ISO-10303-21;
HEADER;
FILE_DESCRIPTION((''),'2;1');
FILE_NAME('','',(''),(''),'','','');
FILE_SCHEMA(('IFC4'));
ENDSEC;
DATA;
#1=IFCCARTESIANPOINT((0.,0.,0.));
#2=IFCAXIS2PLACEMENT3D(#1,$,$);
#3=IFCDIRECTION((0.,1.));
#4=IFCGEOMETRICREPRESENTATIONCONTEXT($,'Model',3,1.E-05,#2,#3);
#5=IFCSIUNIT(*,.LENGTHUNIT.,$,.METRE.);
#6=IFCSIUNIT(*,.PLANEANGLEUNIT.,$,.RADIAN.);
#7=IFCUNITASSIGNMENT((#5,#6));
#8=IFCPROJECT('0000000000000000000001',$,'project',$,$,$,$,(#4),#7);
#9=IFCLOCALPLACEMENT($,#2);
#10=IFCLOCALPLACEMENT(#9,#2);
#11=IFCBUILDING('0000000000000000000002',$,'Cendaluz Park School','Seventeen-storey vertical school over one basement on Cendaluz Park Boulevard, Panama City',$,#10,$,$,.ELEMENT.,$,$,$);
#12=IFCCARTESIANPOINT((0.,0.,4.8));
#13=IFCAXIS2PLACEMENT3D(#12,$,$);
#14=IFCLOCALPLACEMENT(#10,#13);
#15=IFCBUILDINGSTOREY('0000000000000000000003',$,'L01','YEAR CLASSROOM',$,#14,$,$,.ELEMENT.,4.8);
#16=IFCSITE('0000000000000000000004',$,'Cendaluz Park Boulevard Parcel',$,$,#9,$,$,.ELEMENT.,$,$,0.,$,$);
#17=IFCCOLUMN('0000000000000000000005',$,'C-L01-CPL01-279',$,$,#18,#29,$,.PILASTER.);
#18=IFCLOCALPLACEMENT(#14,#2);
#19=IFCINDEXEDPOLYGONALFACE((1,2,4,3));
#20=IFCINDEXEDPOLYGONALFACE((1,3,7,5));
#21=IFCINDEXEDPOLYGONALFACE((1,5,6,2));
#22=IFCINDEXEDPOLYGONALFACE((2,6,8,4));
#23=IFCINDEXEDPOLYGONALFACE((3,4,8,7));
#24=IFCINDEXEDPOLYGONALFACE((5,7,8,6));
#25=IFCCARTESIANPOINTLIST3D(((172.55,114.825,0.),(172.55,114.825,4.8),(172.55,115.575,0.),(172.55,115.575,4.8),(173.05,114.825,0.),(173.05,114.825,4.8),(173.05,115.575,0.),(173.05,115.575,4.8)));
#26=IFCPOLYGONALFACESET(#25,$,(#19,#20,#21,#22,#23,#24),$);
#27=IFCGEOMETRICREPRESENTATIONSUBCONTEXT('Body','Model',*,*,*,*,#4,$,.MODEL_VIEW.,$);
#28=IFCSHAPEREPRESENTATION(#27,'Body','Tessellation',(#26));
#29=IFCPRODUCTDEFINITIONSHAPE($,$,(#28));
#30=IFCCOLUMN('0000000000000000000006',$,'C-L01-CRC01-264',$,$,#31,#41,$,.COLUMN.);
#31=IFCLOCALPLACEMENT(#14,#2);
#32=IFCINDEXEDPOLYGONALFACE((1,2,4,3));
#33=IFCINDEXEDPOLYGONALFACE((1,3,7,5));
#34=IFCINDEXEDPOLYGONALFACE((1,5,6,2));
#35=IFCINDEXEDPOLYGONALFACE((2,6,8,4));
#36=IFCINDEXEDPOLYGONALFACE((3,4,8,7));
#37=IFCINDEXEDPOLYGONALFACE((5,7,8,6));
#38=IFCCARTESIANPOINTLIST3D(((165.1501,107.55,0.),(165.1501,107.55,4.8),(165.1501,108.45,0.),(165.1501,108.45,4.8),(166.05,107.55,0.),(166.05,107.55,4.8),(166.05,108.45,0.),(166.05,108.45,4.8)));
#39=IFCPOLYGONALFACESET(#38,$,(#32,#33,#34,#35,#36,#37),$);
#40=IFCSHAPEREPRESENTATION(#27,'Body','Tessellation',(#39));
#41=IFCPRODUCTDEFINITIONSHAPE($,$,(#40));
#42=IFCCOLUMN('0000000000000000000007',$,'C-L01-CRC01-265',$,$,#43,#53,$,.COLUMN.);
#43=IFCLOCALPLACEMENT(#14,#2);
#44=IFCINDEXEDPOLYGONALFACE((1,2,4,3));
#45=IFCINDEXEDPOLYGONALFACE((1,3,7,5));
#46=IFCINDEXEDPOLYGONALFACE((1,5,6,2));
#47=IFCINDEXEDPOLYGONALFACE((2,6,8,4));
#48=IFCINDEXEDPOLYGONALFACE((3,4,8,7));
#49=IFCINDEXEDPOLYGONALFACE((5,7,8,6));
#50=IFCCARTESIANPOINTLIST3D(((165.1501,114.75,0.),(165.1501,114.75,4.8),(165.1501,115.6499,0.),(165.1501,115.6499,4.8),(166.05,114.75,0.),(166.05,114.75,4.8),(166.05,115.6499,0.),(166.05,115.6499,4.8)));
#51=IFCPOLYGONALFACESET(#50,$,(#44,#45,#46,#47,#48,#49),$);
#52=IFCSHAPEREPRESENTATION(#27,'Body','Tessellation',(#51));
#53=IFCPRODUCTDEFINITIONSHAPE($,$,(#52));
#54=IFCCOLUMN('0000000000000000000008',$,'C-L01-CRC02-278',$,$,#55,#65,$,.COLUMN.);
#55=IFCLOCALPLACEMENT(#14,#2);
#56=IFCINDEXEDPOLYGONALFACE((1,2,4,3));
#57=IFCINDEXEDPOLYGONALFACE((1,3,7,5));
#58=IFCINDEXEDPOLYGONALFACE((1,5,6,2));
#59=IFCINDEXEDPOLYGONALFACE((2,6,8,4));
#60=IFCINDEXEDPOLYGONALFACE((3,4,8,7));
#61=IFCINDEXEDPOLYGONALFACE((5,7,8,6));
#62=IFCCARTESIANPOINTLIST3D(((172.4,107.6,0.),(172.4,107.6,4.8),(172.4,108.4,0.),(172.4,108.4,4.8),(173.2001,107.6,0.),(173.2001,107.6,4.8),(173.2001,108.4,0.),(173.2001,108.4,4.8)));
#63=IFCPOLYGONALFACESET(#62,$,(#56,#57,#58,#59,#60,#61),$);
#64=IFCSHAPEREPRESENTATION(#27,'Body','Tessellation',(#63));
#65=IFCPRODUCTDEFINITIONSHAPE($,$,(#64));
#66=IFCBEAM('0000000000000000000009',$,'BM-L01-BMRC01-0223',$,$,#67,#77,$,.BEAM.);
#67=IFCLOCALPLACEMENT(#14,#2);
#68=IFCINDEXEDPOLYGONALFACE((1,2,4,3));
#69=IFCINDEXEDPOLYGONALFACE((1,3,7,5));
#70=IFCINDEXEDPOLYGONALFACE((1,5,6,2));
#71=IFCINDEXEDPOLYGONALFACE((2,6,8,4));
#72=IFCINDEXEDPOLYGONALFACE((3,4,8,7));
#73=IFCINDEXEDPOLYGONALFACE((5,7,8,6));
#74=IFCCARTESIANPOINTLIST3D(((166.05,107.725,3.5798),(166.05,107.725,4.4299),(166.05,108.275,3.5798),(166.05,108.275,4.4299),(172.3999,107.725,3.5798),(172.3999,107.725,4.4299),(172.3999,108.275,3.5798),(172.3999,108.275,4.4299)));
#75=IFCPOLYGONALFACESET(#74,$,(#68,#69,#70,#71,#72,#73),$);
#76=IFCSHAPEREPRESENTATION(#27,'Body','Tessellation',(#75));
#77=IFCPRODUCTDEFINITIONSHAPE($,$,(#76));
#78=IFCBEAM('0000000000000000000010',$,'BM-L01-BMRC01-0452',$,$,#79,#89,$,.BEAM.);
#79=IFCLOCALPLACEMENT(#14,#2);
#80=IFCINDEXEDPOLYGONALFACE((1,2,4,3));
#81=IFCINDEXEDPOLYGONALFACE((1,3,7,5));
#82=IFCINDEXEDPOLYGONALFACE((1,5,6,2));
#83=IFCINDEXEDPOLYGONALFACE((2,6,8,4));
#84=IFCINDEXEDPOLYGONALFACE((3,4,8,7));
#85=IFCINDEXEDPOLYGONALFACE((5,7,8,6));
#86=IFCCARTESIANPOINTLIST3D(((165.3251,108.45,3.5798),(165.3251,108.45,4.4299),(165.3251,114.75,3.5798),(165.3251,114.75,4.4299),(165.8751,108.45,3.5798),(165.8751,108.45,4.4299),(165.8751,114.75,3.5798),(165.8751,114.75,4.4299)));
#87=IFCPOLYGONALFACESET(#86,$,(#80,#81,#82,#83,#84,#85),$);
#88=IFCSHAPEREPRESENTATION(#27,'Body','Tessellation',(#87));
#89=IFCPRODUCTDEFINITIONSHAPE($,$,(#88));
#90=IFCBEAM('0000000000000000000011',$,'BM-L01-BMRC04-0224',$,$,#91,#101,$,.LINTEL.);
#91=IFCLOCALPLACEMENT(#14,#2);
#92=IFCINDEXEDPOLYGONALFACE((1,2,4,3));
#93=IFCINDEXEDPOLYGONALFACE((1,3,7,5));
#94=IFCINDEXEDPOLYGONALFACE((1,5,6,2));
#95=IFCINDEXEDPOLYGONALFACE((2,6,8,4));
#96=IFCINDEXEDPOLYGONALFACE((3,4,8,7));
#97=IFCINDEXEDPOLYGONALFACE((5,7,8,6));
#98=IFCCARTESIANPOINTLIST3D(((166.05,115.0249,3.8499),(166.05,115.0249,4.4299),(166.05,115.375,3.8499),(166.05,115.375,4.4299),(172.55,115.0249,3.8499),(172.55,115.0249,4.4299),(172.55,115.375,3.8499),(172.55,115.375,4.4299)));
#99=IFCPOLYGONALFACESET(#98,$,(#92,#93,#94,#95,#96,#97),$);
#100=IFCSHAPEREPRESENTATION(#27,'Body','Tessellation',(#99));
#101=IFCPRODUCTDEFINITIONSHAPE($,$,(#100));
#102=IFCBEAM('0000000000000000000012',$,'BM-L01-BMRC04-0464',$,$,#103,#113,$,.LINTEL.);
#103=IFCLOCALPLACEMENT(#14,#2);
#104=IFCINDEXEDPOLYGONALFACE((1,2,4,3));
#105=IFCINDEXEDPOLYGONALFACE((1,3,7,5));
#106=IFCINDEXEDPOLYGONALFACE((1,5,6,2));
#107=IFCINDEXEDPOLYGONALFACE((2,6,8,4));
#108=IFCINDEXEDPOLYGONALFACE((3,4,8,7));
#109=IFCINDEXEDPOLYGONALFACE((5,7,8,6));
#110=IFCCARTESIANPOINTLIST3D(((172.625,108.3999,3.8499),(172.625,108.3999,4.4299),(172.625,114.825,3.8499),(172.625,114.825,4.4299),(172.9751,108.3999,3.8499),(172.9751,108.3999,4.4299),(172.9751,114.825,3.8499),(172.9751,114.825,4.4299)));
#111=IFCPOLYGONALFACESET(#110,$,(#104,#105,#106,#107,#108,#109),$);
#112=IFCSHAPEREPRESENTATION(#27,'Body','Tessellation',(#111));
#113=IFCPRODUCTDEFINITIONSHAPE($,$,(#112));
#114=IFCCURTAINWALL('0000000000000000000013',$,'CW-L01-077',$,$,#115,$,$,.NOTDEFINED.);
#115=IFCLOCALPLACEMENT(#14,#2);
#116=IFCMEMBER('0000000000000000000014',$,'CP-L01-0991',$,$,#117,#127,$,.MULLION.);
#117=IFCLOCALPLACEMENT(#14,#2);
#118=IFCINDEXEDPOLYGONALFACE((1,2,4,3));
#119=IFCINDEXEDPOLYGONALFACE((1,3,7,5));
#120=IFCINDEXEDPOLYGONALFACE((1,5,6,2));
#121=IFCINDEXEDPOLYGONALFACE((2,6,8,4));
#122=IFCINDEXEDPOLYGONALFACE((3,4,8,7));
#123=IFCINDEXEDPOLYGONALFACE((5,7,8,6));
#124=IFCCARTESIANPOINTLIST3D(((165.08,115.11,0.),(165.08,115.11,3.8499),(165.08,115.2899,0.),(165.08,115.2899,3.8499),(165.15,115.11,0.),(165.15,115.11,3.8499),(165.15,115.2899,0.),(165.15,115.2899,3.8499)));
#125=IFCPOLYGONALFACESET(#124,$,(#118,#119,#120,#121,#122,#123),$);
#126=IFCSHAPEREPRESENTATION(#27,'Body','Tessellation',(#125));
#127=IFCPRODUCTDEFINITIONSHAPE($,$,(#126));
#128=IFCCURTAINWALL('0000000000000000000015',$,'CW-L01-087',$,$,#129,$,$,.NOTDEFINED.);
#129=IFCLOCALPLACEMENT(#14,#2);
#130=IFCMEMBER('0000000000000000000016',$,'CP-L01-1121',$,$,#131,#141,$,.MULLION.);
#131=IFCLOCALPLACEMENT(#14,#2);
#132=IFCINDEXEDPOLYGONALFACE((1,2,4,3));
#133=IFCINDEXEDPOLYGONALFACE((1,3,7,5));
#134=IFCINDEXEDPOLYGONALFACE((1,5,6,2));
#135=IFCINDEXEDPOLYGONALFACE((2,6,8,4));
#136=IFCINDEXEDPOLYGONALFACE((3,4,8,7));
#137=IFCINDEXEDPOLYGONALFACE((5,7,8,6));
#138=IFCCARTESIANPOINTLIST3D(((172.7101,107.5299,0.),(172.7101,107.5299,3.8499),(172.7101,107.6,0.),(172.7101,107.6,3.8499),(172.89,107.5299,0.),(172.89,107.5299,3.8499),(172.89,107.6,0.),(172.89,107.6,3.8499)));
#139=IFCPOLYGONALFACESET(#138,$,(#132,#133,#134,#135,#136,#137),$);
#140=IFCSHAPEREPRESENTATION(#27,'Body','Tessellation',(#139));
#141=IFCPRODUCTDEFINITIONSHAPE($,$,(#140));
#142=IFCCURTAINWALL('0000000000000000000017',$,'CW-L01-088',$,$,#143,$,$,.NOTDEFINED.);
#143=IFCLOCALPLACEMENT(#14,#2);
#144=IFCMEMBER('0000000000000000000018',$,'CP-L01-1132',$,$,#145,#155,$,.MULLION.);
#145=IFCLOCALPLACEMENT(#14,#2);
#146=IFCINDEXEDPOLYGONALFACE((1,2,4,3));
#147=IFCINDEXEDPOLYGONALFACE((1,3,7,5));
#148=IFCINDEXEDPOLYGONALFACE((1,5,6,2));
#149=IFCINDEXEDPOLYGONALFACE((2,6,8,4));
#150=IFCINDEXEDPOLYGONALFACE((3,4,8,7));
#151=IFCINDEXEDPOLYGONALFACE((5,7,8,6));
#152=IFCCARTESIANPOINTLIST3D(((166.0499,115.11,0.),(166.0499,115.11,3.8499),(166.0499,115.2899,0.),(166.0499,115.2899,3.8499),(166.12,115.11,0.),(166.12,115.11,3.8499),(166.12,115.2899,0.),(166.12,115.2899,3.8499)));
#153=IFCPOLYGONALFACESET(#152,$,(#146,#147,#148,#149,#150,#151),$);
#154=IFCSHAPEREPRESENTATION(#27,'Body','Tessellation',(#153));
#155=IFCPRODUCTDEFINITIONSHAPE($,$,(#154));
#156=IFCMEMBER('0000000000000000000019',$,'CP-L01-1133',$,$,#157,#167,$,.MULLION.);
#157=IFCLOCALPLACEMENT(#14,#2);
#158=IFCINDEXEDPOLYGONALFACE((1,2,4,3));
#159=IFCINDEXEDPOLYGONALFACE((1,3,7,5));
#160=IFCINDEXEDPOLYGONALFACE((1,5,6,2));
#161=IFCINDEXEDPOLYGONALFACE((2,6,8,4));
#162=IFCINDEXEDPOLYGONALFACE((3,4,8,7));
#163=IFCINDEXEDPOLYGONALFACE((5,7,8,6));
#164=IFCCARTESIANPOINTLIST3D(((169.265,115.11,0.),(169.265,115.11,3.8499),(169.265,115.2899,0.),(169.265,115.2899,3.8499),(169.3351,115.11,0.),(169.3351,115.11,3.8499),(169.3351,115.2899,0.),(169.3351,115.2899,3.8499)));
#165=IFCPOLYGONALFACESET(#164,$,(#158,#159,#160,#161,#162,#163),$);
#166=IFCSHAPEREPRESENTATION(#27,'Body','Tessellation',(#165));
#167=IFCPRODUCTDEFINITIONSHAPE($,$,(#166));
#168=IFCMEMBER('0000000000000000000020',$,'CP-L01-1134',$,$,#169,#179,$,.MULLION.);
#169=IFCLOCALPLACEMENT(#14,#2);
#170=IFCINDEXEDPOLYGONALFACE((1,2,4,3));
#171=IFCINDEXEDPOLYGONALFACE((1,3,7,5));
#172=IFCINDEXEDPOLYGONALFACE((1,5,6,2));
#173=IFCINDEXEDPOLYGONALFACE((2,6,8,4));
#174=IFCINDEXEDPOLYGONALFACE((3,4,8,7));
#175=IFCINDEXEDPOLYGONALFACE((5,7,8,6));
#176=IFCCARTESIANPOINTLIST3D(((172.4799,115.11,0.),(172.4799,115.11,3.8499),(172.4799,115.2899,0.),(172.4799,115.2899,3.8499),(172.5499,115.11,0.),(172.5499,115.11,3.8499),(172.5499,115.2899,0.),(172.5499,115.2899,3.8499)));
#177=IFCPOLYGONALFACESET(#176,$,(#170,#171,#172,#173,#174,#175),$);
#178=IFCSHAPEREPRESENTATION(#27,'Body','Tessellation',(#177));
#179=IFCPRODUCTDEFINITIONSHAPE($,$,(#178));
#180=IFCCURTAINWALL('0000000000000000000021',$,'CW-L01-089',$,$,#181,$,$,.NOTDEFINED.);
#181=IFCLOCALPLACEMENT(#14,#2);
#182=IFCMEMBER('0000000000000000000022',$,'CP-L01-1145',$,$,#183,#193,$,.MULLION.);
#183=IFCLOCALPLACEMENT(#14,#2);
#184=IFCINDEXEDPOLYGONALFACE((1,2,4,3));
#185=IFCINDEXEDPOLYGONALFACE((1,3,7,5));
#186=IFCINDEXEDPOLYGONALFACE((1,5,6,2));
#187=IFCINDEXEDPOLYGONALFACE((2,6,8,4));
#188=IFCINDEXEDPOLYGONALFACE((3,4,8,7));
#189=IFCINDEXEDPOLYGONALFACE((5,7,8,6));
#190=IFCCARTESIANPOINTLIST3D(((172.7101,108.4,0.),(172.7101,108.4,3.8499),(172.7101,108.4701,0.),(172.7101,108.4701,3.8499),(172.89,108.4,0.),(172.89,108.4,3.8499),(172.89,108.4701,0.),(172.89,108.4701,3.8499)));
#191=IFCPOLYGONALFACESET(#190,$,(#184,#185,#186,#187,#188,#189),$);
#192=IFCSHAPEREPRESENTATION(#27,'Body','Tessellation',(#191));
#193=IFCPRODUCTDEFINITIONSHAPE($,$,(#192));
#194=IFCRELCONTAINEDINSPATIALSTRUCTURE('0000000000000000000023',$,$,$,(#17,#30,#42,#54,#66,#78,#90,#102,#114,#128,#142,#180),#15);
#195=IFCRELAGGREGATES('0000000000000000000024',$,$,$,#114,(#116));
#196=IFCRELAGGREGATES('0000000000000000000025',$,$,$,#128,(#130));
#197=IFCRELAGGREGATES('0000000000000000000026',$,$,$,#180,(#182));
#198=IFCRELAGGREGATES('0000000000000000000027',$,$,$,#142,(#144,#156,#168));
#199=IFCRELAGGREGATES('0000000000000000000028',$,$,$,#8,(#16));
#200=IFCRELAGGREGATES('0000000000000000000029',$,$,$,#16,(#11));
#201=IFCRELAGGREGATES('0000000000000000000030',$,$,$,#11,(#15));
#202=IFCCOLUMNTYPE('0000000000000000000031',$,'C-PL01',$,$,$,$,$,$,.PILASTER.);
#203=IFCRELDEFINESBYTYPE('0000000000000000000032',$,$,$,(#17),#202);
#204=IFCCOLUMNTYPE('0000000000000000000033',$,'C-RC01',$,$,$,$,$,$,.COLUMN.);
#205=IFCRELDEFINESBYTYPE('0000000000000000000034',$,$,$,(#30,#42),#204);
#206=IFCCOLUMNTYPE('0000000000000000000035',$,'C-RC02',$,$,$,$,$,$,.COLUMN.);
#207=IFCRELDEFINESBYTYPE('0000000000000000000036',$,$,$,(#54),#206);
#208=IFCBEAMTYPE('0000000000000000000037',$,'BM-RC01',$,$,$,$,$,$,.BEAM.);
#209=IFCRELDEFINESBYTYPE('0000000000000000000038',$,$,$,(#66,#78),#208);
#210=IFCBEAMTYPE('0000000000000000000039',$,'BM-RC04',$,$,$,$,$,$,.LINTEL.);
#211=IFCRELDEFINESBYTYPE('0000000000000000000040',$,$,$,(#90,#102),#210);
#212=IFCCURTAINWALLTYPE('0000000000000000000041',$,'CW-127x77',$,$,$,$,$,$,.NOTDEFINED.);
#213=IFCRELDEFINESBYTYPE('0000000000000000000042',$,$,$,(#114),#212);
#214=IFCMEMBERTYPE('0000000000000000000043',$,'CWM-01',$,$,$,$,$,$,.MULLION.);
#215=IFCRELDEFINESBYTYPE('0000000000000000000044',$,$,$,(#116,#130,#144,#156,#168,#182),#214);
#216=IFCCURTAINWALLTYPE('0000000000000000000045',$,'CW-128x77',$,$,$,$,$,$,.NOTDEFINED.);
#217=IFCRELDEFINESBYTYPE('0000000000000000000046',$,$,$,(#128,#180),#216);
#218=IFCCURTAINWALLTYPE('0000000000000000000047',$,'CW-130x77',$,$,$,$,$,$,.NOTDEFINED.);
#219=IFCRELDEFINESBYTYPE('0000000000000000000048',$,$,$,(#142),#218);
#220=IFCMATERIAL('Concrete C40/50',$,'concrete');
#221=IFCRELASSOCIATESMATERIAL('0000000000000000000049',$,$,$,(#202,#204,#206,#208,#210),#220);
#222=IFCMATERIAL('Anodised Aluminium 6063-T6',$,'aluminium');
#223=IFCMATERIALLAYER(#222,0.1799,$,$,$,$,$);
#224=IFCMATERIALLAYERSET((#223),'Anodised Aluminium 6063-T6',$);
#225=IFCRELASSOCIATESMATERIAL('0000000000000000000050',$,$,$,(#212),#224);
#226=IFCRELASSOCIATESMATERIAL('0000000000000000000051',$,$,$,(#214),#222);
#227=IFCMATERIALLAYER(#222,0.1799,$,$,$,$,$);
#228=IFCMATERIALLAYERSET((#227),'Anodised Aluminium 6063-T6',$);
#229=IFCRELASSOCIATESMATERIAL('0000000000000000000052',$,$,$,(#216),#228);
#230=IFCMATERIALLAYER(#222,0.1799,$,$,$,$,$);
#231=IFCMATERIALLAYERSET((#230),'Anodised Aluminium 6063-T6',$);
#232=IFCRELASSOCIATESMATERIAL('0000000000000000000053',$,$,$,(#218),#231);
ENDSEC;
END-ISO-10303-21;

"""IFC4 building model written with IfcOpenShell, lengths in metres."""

from ifc_helpers import new_model, si_unit, direction, frame, origin, origin_2d, place, context, subcontext, project, spatial, rectangle, extrude, material, layer, layer_set, material_profile, profile_set, type_object, element, aggregate, save


model = new_model("IFC4")

# Units and contexts
model_context = context("Model", 3, precision=1e-05, world=origin(), true_north=direction((0.0, 1.0)))
body_context = subcontext(model_context, "Body", "Model", "MODEL_VIEW")
ifc_project = project(units=[si_unit("LENGTHUNIT", "METRE"), si_unit("PLANEANGLEUNIT", "RADIAN")], contexts=[model_context])

# Site, building, storey
site_placement = place(None, origin())
site = spatial("IfcSite", under=ifc_project, at=site_placement, Name="Cendaluz Park Boulevard Parcel", CompositionType="ELEMENT", RefElevation=0.0)
building_placement = place(site_placement, origin())
building = spatial("IfcBuilding", under=site, at=building_placement, Name="Cendaluz Park School", Description="Seventeen-storey vertical school over one basement on Cendaluz Park Boulevard, Panama City", CompositionType="ELEMENT")
storey_placement = place(building_placement, frame((0.0, 0.0, 4.8)))
storey = spatial("IfcBuildingStorey", under=building, at=storey_placement, Name="L01", Description="YEAR CLASSROOM", CompositionType="ELEMENT", Elevation=4.8)

# Columns
ifc_material_1 = material(Name="Concrete C40/50", Category="concrete")
ifc_material_profile_1 = material_profile(ifc_material_1, rectangle(XDim=0.5, YDim=0.75, at=origin_2d()), Name="RC 500x750", Category="concrete")
ifc_profile_set_1 = profile_set([ifc_material_profile_1], Name="Concrete C40/50")
column_type_1 = type_object("IfcColumnType", Name="C-PL01", PredefinedType="PILASTER", material=ifc_profile_set_1)
column_1_placement = place(storey_placement, frame((172.8, 115.2, 0.0), z_axis=(0.0, 0.0, 1.0), x_axis=(1.0, 0.0, 0.0)))
element("IfcColumn", 1, at=column_1_placement, inside=storey, type_object=column_type_1, Name="C-L01-CPL01-279", PredefinedType="PILASTER", context=body_context, shape_type="SweptSolid", body=[
    extrude(rectangle(XDim=0.5, YDim=0.75, at=origin_2d()), origin(), (0.0, 0.0, 1.0), 4.8),
])
ifc_material_profile_2 = material_profile(ifc_material_1, rectangle(XDim=0.8999, YDim=0.8999, at=origin_2d()), Name="RC 900x900", Category="concrete")
ifc_profile_set_2 = profile_set([ifc_material_profile_2], Name="Concrete C40/50")
column_type_2 = type_object("IfcColumnType", Name="C-RC01", PredefinedType="COLUMN", material=ifc_profile_set_2)
for number, where, z_axis, x_axis, name in (
    (2, (165.6001, 108.0, 0.0), (0.0, 0.0, 1.0), (1.0, 0.0, 0.0), "C-L01-CRC01-264"),
    (3, (165.6001, 115.2, 0.0), (0.0, 0.0, 1.0), (1.0, 0.0, 0.0), "C-L01-CRC01-265"),
):
    element("IfcColumn", number, at=place(storey_placement, frame(where, z_axis=z_axis, x_axis=x_axis)), inside=storey, type_object=column_type_2, Name=name, PredefinedType="COLUMN", context=body_context, shape_type="SweptSolid", body=[
        extrude(rectangle(XDim=0.8999, YDim=0.8999, at=origin_2d()), origin(), (0.0, 0.0, 1.0), 4.8),
    ])
ifc_material_profile_3 = material_profile(ifc_material_1, rectangle(XDim=0.8, YDim=0.8, at=origin_2d()), Name="RC 800x800", Category="concrete")
ifc_profile_set_3 = profile_set([ifc_material_profile_3], Name="Concrete C40/50")
column_type_3 = type_object("IfcColumnType", Name="C-RC02", PredefinedType="COLUMN", material=ifc_profile_set_3)
column_2_placement = place(storey_placement, frame((172.8, 108.0, 0.0), z_axis=(0.0, 0.0, 1.0), x_axis=(1.0, 0.0, 0.0)))
element("IfcColumn", 4, at=column_2_placement, inside=storey, type_object=column_type_3, Name="C-L01-CRC02-278", PredefinedType="COLUMN", context=body_context, shape_type="SweptSolid", body=[
    extrude(rectangle(XDim=0.8, YDim=0.8, at=origin_2d()), origin(), (0.0, 0.0, 1.0), 4.8),
])

# Beams
ifc_material_profile_4 = material_profile(ifc_material_1, rectangle(XDim=0.55, YDim=0.8501, at=origin_2d()), Name="RC 550x850", Category="concrete")
ifc_profile_set_4 = profile_set([ifc_material_profile_4], Name="Concrete C40/50")
beam_type_1 = type_object("IfcBeamType", Name="BM-RC01", PredefinedType="BEAM", material=ifc_profile_set_4)
beam_1_placement = place(storey_placement, frame((166.05, 108.0, 4.0049), z_axis=(1.0, 0.0, 0.0), x_axis=(0.0, 1.0, 0.0)))
element("IfcBeam", 5, at=beam_1_placement, inside=storey, type_object=beam_type_1, Name="BM-L01-BMRC01-0223", PredefinedType="BEAM", context=body_context, shape_type="SweptSolid", body=[
    extrude(rectangle(XDim=0.55, YDim=0.8501, at=origin_2d()), origin(), (0.0, 0.0, 1.0), 6.3499),
])
beam_2_placement = place(storey_placement, frame((165.6001, 108.45, 4.0049), z_axis=(0.0, 1.0, 0.0), x_axis=(-1.0, 0.0, 0.0)))
element("IfcBeam", 6, at=beam_2_placement, inside=storey, type_object=beam_type_1, Name="BM-L01-BMRC01-0452", PredefinedType="BEAM", context=body_context, shape_type="SweptSolid", body=[
    extrude(rectangle(XDim=0.55, YDim=0.8501, at=origin_2d()), origin(), (0.0, 0.0, 1.0), 6.3),
])
ifc_material_profile_5 = material_profile(ifc_material_1, rectangle(XDim=0.3501, YDim=0.5801, at=origin_2d()), Name="RC 350x580", Category="concrete")
ifc_profile_set_5 = profile_set([ifc_material_profile_5], Name="Concrete C40/50")
beam_type_2 = type_object("IfcBeamType", Name="BM-RC04", PredefinedType="LINTEL", material=ifc_profile_set_5)
beam_3_placement = place(storey_placement, frame((166.05, 115.2, 4.1399), z_axis=(1.0, 0.0, 0.0), x_axis=(0.0, 1.0, 0.0)))
element("IfcBeam", 7, at=beam_3_placement, inside=storey, type_object=beam_type_2, Name="BM-L01-BMRC04-0224", PredefinedType="LINTEL", context=body_context, shape_type="SweptSolid", body=[
    extrude(rectangle(XDim=0.3501, YDim=0.5801, at=origin_2d()), origin(), (0.0, 0.0, 1.0), 6.5),
])
beam_4_placement = place(storey_placement, frame((172.8, 108.3999, 4.1399), z_axis=(0.0, 1.0, 0.0), x_axis=(-1.0, 0.0, 0.0)))
element("IfcBeam", 8, at=beam_4_placement, inside=storey, type_object=beam_type_2, Name="BM-L01-BMRC04-0464", PredefinedType="LINTEL", context=body_context, shape_type="SweptSolid", body=[
    extrude(rectangle(XDim=0.3501, YDim=0.5801, at=origin_2d()), origin(), (0.0, 0.0, 1.0), 6.425),
])

# Curtain walls, members
ifc_material_2 = material(Name="Anodised Aluminium 6063-T6", Category="aluminium")
ifc_layer_1 = layer(ifc_material_2, 0.1799)
ifc_layer_set_1 = layer_set([ifc_layer_1], Name="Anodised Aluminium 6063-T6")
curtain_wall_type_1 = type_object("IfcCurtainWallType", Name="CW-127x77", PredefinedType="NOTDEFINED", material=ifc_layer_set_1)
curtain_wall_1_placement = place(storey_placement, origin())
curtain_wall_1 = element("IfcCurtainWall", 9, at=curtain_wall_1_placement, inside=storey, type_object=curtain_wall_type_1, Name="CW-L01-077", PredefinedType="NOTDEFINED")
ifc_material_profile_6 = material_profile(ifc_material_2, rectangle(XDim=0.1799, YDim=0.0701, at=origin_2d()), Name="CWM 180x70", Category="aluminium")
ifc_profile_set_6 = profile_set([ifc_material_profile_6], Name="Anodised Aluminium 6063-T6")
member_type_1 = type_object("IfcMemberType", Name="CWM-01", PredefinedType="MULLION", material=ifc_profile_set_6)
member_1_placement = place(storey_placement, frame((165.115, 115.2, 0.0), z_axis=(0.0, 0.0, 1.0), x_axis=(0.0, 1.0, 0.0)))
member_1 = element("IfcMember", 10, at=member_1_placement, type_object=member_type_1, Name="CP-L01-0991", PredefinedType="MULLION", context=body_context, shape_type="SweptSolid", body=[
    extrude(rectangle(XDim=0.1799, YDim=0.0701, at=origin_2d()), origin(), (0.0, 0.0, 1.0), 3.8499),
])
aggregate(curtain_wall_1, [member_1])
ifc_layer_2 = layer(ifc_material_2, 0.1799)
ifc_layer_set_2 = layer_set([ifc_layer_2], Name="Anodised Aluminium 6063-T6")
curtain_wall_type_2 = type_object("IfcCurtainWallType", Name="CW-128x77", PredefinedType="NOTDEFINED", material=ifc_layer_set_2)
curtain_wall_2_placement = place(storey_placement, origin())
curtain_wall_2 = element("IfcCurtainWall", 11, at=curtain_wall_2_placement, inside=storey, type_object=curtain_wall_type_2, Name="CW-L01-087", PredefinedType="NOTDEFINED")
member_2_placement = place(storey_placement, frame((172.8, 107.5649, 0.0), z_axis=(0.0, 0.0, 1.0), x_axis=(-1.0, 0.0, 0.0)))
member_2 = element("IfcMember", 12, at=member_2_placement, type_object=member_type_1, Name="CP-L01-1121", PredefinedType="MULLION", context=body_context, shape_type="SweptSolid", body=[
    extrude(rectangle(XDim=0.1799, YDim=0.0701, at=origin_2d()), origin(), (0.0, 0.0, 1.0), 3.8499),
])

# Curtain walls, members
ifc_layer_3 = layer(ifc_material_2, 0.1799)
ifc_layer_set_3 = layer_set([ifc_layer_3], Name="Anodised Aluminium 6063-T6")
curtain_wall_type_3 = type_object("IfcCurtainWallType", Name="CW-130x77", PredefinedType="NOTDEFINED", material=ifc_layer_set_3)
curtain_wall_3_placement = place(storey_placement, origin())
curtain_wall_3 = element("IfcCurtainWall", 13, at=curtain_wall_3_placement, inside=storey, type_object=curtain_wall_type_3, Name="CW-L01-088", PredefinedType="NOTDEFINED")
member_3_placement = place(storey_placement, frame((166.085, 115.2, 0.0), z_axis=(0.0, 0.0, 1.0), x_axis=(0.0, 1.0, 0.0)))
member_3 = element("IfcMember", 14, at=member_3_placement, type_object=member_type_1, Name="CP-L01-1132", PredefinedType="MULLION", context=body_context, shape_type="SweptSolid", body=[
    extrude(rectangle(XDim=0.1799, YDim=0.0701, at=origin_2d()), origin(), (0.0, 0.0, 1.0), 3.8499),
])
member_4_placement = place(storey_placement, frame((169.3, 115.2, 0.0), z_axis=(0.0, 0.0, 1.0), x_axis=(0.0, 1.0, 0.0)))
member_4 = element("IfcMember", 15, at=member_4_placement, type_object=member_type_1, Name="CP-L01-1133", PredefinedType="MULLION", context=body_context, shape_type="SweptSolid", body=[
    extrude(rectangle(XDim=0.1799, YDim=0.0701, at=origin_2d()), origin(), (0.0, 0.0, 1.0), 3.8499),
])
member_5_placement = place(storey_placement, frame((172.5149, 115.2, 0.0), z_axis=(0.0, 0.0, 1.0), x_axis=(0.0, 1.0, 0.0)))
member_5 = element("IfcMember", 16, at=member_5_placement, type_object=member_type_1, Name="CP-L01-1134", PredefinedType="MULLION", context=body_context, shape_type="SweptSolid", body=[
    extrude(rectangle(XDim=0.1799, YDim=0.0701, at=origin_2d()), origin(), (0.0, 0.0, 1.0), 3.8499),
])
curtain_wall_4_placement = place(storey_placement, origin())
curtain_wall_4 = element("IfcCurtainWall", 17, at=curtain_wall_4_placement, inside=storey, type_object=curtain_wall_type_2, Name="CW-L01-089", PredefinedType="NOTDEFINED")
member_6_placement = place(storey_placement, frame((172.8, 108.4351, 0.0), z_axis=(0.0, 0.0, 1.0), x_axis=(-1.0, 0.0, 0.0)))
member_6 = element("IfcMember", 18, at=member_6_placement, type_object=member_type_1, Name="CP-L01-1145", PredefinedType="MULLION", context=body_context, shape_type="SweptSolid", body=[
    extrude(rectangle(XDim=0.1799, YDim=0.0701, at=origin_2d()), origin(), (0.0, 0.0, 1.0), 3.8499),
])

aggregate(curtain_wall_2, [member_2])
aggregate(curtain_wall_4, [member_6])
aggregate(curtain_wall_3, [member_3, member_4, member_5])

save(model, "model.ifc")
